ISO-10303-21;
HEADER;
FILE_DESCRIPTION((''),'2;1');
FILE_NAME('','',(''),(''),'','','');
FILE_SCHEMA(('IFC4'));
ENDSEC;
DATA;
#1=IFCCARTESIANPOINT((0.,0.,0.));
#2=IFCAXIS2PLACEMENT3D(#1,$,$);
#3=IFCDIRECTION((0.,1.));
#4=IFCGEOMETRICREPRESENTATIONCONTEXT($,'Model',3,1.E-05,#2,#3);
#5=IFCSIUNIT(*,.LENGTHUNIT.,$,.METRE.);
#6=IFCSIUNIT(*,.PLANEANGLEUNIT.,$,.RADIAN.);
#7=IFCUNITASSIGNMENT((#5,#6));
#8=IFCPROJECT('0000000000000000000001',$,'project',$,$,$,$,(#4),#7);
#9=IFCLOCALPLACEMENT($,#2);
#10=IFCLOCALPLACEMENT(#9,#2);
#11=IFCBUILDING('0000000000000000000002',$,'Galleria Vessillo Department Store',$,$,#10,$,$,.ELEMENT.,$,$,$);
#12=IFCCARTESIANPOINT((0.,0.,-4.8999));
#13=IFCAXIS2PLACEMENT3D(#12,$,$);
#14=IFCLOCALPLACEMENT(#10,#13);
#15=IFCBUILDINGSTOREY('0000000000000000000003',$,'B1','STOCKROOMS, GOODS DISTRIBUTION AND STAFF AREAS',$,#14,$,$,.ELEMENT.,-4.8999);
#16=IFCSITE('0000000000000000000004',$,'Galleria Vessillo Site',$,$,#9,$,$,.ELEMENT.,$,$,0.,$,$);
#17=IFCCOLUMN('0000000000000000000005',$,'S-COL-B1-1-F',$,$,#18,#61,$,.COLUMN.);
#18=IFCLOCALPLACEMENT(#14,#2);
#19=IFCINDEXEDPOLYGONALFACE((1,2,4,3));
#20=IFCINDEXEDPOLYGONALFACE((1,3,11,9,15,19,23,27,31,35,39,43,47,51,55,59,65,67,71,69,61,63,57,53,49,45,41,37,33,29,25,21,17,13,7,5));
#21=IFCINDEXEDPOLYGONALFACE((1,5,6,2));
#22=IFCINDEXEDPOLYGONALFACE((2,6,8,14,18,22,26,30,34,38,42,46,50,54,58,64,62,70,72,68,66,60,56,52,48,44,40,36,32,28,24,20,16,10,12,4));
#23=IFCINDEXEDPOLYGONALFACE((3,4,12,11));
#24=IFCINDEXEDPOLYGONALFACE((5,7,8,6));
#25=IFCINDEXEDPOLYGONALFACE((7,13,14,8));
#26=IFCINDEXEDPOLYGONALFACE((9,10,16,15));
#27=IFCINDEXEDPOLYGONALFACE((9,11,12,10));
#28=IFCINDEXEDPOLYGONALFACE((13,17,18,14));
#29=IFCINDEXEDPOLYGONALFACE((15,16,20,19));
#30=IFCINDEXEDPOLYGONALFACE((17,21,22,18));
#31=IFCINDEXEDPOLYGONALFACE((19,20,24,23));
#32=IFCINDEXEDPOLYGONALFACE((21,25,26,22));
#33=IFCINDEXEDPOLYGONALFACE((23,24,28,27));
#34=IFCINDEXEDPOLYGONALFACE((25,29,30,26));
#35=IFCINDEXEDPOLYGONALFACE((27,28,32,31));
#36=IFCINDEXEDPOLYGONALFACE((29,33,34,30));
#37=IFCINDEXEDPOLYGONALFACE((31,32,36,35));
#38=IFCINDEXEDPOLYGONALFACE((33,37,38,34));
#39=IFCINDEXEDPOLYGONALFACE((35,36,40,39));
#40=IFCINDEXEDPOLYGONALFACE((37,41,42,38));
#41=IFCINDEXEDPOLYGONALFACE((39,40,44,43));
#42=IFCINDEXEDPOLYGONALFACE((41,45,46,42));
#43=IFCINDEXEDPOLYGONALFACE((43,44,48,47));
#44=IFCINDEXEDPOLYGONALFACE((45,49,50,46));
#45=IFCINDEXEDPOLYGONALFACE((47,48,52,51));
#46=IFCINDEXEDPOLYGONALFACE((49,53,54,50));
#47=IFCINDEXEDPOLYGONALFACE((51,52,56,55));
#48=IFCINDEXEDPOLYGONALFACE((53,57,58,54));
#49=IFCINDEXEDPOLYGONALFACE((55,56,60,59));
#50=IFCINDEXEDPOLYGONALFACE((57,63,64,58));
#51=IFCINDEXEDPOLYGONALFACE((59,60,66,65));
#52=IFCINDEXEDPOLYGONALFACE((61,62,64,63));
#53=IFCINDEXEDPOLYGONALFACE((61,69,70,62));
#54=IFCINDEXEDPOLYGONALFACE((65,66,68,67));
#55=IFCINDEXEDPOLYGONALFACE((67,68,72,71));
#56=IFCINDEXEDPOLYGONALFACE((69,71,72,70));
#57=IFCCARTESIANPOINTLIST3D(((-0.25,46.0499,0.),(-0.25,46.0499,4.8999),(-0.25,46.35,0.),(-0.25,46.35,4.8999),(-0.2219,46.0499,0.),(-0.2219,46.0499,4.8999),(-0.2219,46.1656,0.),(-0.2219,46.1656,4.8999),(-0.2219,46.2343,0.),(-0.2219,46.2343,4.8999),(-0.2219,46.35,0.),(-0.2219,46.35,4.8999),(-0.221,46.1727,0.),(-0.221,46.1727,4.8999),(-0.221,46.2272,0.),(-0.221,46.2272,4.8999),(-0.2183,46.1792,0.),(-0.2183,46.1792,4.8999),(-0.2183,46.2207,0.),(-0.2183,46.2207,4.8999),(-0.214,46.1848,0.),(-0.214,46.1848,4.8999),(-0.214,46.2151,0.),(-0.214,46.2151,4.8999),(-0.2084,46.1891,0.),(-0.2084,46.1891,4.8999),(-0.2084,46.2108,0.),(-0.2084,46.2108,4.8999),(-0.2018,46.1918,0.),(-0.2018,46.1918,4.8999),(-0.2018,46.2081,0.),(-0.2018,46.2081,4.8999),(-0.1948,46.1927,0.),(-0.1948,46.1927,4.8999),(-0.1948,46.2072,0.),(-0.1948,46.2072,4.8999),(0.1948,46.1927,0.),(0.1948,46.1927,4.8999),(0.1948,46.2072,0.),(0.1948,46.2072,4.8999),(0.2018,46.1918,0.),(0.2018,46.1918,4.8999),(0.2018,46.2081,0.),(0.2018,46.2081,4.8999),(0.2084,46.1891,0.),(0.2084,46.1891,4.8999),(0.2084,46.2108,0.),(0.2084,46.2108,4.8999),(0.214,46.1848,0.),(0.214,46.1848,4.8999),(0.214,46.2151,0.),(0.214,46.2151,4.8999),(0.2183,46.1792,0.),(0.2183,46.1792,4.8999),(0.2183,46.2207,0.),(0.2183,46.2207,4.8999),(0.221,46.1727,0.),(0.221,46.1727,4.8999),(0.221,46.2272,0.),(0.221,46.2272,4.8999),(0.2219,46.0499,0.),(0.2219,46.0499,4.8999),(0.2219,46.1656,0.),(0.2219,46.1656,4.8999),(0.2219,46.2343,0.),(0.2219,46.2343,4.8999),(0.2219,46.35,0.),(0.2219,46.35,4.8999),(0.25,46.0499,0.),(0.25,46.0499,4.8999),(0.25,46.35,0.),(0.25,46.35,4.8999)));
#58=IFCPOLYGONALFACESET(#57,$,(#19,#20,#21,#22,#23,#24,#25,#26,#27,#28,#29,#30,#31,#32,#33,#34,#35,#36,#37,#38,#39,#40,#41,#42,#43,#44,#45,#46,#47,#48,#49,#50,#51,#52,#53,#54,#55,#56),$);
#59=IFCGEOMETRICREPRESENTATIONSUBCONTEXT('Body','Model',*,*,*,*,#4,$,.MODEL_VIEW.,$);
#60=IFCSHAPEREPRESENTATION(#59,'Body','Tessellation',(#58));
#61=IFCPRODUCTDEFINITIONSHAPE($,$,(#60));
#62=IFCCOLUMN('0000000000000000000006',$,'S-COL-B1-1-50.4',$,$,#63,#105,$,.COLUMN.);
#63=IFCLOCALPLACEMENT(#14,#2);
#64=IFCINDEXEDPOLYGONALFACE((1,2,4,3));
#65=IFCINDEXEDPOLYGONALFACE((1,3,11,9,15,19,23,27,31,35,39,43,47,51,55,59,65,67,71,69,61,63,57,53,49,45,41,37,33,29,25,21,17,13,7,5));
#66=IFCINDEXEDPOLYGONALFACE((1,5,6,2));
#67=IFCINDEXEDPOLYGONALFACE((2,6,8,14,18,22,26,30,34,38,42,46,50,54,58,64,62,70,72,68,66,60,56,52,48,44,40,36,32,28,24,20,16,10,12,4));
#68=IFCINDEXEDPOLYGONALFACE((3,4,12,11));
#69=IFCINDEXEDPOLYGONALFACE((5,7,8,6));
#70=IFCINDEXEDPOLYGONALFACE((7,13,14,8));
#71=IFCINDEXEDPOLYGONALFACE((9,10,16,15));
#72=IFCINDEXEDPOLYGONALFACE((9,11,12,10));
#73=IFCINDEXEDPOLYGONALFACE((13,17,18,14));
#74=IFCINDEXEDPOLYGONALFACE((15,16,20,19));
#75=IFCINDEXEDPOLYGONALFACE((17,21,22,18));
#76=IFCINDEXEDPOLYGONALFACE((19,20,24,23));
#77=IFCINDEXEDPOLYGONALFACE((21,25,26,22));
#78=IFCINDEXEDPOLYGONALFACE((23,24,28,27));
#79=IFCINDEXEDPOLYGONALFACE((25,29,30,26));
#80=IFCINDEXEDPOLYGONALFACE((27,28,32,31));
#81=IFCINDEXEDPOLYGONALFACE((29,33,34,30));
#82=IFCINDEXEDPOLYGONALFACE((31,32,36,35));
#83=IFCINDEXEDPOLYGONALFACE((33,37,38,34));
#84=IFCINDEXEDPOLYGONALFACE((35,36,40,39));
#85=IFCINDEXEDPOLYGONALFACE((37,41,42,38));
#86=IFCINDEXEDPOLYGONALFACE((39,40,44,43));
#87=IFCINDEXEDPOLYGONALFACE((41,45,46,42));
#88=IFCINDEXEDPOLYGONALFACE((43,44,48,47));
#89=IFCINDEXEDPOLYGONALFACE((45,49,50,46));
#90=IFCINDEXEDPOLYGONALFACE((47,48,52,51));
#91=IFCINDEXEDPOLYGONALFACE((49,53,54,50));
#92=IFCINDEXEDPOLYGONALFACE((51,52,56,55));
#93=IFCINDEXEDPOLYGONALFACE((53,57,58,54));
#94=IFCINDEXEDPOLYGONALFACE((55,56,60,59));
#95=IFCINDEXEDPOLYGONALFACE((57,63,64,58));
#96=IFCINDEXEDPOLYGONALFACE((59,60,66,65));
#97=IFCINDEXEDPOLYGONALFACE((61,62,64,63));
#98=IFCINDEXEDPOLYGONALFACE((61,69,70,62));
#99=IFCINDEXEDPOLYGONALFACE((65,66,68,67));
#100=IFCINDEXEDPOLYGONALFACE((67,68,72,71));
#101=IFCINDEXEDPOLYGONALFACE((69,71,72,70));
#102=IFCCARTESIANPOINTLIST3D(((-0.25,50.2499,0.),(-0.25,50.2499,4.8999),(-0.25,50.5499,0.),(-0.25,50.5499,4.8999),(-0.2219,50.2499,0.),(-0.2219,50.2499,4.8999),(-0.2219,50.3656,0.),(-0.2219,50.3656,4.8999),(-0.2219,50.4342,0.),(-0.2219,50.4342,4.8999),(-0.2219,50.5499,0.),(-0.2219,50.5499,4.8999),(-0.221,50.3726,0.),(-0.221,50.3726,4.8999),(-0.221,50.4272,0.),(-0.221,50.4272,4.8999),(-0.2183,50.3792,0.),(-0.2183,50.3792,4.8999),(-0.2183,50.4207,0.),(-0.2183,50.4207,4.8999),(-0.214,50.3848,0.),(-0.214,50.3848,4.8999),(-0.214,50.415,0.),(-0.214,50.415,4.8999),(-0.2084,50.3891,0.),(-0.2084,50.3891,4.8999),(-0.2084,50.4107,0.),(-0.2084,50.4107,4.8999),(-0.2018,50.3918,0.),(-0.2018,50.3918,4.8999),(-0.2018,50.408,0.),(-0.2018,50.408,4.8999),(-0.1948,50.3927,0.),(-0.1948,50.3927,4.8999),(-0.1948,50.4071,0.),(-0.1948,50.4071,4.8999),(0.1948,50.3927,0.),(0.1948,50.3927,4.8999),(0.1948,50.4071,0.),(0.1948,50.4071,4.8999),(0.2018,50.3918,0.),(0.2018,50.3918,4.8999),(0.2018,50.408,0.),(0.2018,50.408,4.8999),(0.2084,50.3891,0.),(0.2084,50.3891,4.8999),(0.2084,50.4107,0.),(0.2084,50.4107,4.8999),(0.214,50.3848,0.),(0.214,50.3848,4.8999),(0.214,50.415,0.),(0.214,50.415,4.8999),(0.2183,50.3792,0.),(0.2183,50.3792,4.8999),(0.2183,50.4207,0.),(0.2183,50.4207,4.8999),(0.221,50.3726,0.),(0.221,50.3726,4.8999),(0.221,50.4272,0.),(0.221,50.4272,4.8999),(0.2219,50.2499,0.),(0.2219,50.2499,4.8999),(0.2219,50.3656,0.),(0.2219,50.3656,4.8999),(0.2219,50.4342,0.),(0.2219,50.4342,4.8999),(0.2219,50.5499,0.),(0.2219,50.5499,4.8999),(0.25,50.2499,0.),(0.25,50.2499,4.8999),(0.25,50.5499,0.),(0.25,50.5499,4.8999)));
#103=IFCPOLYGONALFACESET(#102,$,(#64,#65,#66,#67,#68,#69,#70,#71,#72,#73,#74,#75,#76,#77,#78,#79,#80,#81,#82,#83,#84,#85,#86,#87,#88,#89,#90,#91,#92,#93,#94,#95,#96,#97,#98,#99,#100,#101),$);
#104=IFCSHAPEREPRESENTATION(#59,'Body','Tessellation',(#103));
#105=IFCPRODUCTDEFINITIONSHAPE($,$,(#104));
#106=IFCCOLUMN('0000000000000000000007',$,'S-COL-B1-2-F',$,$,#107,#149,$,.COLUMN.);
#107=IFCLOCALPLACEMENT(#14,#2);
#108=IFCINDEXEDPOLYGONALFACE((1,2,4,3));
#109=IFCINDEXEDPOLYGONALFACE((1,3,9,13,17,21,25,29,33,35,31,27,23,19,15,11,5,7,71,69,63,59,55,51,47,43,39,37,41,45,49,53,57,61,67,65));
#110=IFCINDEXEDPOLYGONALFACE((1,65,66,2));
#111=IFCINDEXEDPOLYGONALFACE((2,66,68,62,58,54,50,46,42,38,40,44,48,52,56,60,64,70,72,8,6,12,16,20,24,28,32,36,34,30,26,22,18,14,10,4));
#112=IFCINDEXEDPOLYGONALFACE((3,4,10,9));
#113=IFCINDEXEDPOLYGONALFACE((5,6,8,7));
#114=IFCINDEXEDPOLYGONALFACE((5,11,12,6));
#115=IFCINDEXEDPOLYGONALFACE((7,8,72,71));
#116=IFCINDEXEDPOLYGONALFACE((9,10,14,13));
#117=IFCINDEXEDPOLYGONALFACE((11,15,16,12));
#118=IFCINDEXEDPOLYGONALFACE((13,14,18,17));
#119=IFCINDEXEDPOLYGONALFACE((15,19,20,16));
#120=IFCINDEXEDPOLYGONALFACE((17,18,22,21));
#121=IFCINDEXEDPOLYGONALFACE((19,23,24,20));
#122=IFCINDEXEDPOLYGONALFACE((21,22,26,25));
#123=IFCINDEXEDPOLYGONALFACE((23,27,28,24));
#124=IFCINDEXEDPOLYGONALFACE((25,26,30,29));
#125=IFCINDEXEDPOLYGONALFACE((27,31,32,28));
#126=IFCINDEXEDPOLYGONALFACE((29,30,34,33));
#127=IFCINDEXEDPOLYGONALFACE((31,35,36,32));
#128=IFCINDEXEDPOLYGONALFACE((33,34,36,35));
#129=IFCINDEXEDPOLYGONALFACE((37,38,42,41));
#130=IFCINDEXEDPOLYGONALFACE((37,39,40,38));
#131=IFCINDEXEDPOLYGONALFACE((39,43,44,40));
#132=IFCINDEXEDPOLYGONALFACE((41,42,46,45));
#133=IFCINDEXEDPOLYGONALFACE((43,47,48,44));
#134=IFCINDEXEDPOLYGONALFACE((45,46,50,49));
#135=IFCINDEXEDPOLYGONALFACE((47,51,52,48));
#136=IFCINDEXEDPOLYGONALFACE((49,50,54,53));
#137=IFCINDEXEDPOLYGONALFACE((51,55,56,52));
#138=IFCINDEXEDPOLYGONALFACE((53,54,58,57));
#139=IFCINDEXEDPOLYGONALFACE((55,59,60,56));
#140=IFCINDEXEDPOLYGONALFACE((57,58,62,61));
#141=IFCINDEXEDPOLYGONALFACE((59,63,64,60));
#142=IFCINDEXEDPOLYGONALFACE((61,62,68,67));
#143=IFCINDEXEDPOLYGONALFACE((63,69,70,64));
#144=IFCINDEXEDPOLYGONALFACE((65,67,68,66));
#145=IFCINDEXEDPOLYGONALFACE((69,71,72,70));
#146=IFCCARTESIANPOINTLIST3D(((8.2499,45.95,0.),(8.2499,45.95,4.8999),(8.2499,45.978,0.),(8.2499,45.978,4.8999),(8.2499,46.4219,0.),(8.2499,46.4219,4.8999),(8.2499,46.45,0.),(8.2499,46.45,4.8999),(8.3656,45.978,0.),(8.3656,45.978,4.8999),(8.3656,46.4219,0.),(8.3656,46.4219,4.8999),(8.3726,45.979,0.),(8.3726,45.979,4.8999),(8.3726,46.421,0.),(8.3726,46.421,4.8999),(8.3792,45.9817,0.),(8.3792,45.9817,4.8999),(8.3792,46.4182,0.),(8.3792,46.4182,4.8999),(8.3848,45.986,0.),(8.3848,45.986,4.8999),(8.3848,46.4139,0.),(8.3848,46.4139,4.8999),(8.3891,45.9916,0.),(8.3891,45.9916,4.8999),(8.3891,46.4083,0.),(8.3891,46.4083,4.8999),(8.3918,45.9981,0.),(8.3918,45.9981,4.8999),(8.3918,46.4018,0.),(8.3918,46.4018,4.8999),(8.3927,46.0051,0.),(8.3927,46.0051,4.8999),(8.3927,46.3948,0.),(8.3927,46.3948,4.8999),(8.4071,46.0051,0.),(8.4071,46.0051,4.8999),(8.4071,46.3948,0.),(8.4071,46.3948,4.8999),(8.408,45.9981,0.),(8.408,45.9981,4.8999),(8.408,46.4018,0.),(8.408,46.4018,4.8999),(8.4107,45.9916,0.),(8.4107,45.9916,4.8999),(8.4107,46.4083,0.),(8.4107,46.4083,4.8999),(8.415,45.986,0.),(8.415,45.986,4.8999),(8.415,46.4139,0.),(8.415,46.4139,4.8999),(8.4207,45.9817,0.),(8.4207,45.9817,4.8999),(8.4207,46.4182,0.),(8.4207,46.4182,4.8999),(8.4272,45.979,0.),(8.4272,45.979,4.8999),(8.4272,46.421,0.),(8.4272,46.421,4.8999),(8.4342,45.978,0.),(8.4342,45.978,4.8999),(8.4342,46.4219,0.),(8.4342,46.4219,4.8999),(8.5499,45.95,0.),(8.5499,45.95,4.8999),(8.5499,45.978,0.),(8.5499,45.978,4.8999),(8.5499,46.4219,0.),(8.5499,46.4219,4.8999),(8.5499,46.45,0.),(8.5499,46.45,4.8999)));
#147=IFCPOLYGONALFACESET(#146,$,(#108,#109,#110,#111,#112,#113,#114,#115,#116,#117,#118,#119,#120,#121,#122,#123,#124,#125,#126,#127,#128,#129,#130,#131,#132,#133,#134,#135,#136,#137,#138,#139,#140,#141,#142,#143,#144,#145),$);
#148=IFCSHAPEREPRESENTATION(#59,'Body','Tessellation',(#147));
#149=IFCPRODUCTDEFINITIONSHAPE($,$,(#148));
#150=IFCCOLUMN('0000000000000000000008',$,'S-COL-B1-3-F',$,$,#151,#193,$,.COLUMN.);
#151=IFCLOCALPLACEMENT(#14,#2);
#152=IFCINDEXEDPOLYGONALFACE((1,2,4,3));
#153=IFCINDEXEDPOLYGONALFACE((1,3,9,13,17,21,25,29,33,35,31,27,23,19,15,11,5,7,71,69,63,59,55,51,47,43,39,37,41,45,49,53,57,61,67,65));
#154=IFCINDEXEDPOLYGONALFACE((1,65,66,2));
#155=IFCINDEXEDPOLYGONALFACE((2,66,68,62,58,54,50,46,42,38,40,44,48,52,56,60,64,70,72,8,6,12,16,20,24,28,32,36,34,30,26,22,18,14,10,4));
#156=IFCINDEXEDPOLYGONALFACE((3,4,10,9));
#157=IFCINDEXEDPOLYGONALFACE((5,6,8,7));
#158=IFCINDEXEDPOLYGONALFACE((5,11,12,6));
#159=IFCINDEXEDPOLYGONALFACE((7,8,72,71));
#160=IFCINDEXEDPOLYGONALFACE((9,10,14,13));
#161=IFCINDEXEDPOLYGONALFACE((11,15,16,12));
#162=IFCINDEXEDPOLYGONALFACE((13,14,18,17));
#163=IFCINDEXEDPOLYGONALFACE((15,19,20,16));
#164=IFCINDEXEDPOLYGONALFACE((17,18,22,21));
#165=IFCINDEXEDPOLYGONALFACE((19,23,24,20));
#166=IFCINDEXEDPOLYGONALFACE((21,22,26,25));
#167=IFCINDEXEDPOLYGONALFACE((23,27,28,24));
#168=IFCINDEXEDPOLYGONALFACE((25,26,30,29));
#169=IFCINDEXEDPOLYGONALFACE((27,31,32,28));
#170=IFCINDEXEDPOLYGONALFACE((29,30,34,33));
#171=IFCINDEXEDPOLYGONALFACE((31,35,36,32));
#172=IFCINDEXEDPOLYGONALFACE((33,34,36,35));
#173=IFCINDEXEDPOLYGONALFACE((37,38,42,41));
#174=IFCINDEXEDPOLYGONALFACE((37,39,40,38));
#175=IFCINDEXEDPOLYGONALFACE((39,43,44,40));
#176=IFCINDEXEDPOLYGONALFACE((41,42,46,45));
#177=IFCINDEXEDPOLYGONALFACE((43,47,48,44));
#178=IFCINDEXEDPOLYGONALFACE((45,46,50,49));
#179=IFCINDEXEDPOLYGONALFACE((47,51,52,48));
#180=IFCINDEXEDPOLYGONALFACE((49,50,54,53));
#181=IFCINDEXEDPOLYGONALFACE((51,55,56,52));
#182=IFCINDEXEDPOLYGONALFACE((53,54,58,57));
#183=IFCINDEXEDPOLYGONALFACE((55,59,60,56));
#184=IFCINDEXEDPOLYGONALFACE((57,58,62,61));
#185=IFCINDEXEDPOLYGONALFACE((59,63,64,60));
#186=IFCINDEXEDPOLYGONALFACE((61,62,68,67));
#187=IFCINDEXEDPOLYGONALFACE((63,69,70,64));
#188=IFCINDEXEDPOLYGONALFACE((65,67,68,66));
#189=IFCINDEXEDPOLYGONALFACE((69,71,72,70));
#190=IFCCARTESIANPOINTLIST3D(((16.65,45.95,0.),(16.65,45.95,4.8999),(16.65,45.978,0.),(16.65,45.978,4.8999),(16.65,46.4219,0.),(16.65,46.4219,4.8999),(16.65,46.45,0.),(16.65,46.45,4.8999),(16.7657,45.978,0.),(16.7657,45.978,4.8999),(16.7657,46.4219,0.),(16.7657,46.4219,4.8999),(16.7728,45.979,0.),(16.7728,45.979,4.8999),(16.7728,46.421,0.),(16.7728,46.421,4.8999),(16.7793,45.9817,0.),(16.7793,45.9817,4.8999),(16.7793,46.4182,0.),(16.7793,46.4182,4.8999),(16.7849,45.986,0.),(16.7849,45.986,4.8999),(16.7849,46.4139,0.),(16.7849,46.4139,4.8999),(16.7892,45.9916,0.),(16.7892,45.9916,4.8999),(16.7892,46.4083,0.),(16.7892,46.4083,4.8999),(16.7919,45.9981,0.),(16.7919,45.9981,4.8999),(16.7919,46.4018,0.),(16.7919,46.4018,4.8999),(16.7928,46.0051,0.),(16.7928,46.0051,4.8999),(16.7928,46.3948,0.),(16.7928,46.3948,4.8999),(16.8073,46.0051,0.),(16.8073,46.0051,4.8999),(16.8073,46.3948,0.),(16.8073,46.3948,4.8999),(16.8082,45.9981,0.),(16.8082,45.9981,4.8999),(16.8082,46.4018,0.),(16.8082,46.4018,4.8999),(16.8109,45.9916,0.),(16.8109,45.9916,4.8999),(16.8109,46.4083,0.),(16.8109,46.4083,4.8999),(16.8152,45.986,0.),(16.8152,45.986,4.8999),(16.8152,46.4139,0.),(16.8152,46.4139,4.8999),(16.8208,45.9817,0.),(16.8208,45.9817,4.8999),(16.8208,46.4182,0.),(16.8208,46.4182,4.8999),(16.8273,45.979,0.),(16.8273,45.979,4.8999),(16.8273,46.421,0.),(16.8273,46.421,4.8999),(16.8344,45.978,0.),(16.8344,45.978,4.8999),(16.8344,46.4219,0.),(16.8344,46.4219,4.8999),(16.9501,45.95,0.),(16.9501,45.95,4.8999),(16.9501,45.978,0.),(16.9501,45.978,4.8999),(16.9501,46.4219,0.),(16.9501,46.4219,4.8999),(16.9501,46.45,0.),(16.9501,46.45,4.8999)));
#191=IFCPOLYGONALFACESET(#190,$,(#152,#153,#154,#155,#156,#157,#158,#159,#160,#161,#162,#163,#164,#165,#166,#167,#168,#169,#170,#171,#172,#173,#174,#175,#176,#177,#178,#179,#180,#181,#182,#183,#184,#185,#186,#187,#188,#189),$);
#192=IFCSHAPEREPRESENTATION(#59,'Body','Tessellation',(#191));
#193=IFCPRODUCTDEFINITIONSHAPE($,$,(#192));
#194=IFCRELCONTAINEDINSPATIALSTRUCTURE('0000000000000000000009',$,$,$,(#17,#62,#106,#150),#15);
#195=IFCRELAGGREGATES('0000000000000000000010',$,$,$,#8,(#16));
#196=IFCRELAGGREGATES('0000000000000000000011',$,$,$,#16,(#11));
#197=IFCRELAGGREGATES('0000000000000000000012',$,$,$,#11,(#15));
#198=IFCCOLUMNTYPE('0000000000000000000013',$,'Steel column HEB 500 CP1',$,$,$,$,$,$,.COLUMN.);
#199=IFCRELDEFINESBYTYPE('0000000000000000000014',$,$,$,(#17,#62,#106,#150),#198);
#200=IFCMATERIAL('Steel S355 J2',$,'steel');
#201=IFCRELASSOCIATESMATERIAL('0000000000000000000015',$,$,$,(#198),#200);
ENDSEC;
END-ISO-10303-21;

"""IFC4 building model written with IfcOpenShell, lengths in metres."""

from ifc_helpers import new_model, si_unit, direction, frame, origin, origin_2d, place, context, subcontext, project, spatial, i_section, extrude, material, material_profile, profile_set, type_object, element, save


model = new_model("IFC4")

# Units and contexts
model_context = context("Model", 3, precision=1e-05, world=origin(), true_north=direction((0.0, 1.0)))
body_context = subcontext(model_context, "Body", "Model", "MODEL_VIEW")
ifc_project = project(units=[si_unit("LENGTHUNIT", "METRE"), si_unit("PLANEANGLEUNIT", "RADIAN")], contexts=[model_context])

# Site, building, storey
site_placement = place(None, origin())
site = spatial("IfcSite", under=ifc_project, at=site_placement, Name="Galleria Vessillo Site", CompositionType="ELEMENT", RefElevation=0.0)
building_placement = place(site_placement, origin())
building = spatial("IfcBuilding", under=site, at=building_placement, Name="Galleria Vessillo Department Store", CompositionType="ELEMENT")
storey_placement = place(building_placement, frame((0.0, 0.0, -4.8999)))
storey = spatial("IfcBuildingStorey", under=building, at=storey_placement, Name="B1", Description="STOCKROOMS, GOODS DISTRIBUTION AND STAFF AREAS", CompositionType="ELEMENT", Elevation=-4.8999)

# Columns
ifc_material_1 = material(Name="Steel S355 J2", Category="steel")
ifc_material_profile_1 = material_profile(ifc_material_1, i_section(OverallWidth=0.3, OverallDepth=0.5, WebThickness=0.0144, FlangeThickness=0.0281, FilletRadius=0.0271, at=origin_2d()), Name="HEB 500")
ifc_profile_set_1 = profile_set([ifc_material_profile_1], Name="Steel S355 J2")
column_type_1 = type_object("IfcColumnType", Name="Steel column HEB 500 CP1", PredefinedType="COLUMN", material=ifc_profile_set_1)
for number, where, z_axis, x_axis, name in (
    (1, (0.0, 46.2, 0.0), (0.0, 0.0, 1.0), (0.0, 1.0, 0.0), "S-COL-B1-1-F"),
    (2, (0.0, 50.3999, 0.0), (0.0, 0.0, 1.0), (0.0, 1.0, 0.0), "S-COL-B1-1-50.4"),
    (3, (8.3999, 46.2, 0.0), (0.0, 0.0, 1.0), (1.0, 0.0, 0.0), "S-COL-B1-2-F"),
    (4, (16.8, 46.2, 0.0), (0.0, 0.0, 1.0), (1.0, 0.0, 0.0), "S-COL-B1-3-F"),
):
    element("IfcColumn", number, at=place(storey_placement, frame(where, z_axis=z_axis, x_axis=x_axis)), inside=storey, type_object=column_type_1, Name=name, PredefinedType="COLUMN", context=body_context, shape_type="SweptSolid", body=[
        extrude(i_section(OverallWidth=0.3, OverallDepth=0.5, WebThickness=0.0144, FlangeThickness=0.0281, FilletRadius=0.0271, at=origin_2d()), origin(), (0.0, 0.0, 1.0), 4.8999),
    ])

save(model, "model.ifc")
